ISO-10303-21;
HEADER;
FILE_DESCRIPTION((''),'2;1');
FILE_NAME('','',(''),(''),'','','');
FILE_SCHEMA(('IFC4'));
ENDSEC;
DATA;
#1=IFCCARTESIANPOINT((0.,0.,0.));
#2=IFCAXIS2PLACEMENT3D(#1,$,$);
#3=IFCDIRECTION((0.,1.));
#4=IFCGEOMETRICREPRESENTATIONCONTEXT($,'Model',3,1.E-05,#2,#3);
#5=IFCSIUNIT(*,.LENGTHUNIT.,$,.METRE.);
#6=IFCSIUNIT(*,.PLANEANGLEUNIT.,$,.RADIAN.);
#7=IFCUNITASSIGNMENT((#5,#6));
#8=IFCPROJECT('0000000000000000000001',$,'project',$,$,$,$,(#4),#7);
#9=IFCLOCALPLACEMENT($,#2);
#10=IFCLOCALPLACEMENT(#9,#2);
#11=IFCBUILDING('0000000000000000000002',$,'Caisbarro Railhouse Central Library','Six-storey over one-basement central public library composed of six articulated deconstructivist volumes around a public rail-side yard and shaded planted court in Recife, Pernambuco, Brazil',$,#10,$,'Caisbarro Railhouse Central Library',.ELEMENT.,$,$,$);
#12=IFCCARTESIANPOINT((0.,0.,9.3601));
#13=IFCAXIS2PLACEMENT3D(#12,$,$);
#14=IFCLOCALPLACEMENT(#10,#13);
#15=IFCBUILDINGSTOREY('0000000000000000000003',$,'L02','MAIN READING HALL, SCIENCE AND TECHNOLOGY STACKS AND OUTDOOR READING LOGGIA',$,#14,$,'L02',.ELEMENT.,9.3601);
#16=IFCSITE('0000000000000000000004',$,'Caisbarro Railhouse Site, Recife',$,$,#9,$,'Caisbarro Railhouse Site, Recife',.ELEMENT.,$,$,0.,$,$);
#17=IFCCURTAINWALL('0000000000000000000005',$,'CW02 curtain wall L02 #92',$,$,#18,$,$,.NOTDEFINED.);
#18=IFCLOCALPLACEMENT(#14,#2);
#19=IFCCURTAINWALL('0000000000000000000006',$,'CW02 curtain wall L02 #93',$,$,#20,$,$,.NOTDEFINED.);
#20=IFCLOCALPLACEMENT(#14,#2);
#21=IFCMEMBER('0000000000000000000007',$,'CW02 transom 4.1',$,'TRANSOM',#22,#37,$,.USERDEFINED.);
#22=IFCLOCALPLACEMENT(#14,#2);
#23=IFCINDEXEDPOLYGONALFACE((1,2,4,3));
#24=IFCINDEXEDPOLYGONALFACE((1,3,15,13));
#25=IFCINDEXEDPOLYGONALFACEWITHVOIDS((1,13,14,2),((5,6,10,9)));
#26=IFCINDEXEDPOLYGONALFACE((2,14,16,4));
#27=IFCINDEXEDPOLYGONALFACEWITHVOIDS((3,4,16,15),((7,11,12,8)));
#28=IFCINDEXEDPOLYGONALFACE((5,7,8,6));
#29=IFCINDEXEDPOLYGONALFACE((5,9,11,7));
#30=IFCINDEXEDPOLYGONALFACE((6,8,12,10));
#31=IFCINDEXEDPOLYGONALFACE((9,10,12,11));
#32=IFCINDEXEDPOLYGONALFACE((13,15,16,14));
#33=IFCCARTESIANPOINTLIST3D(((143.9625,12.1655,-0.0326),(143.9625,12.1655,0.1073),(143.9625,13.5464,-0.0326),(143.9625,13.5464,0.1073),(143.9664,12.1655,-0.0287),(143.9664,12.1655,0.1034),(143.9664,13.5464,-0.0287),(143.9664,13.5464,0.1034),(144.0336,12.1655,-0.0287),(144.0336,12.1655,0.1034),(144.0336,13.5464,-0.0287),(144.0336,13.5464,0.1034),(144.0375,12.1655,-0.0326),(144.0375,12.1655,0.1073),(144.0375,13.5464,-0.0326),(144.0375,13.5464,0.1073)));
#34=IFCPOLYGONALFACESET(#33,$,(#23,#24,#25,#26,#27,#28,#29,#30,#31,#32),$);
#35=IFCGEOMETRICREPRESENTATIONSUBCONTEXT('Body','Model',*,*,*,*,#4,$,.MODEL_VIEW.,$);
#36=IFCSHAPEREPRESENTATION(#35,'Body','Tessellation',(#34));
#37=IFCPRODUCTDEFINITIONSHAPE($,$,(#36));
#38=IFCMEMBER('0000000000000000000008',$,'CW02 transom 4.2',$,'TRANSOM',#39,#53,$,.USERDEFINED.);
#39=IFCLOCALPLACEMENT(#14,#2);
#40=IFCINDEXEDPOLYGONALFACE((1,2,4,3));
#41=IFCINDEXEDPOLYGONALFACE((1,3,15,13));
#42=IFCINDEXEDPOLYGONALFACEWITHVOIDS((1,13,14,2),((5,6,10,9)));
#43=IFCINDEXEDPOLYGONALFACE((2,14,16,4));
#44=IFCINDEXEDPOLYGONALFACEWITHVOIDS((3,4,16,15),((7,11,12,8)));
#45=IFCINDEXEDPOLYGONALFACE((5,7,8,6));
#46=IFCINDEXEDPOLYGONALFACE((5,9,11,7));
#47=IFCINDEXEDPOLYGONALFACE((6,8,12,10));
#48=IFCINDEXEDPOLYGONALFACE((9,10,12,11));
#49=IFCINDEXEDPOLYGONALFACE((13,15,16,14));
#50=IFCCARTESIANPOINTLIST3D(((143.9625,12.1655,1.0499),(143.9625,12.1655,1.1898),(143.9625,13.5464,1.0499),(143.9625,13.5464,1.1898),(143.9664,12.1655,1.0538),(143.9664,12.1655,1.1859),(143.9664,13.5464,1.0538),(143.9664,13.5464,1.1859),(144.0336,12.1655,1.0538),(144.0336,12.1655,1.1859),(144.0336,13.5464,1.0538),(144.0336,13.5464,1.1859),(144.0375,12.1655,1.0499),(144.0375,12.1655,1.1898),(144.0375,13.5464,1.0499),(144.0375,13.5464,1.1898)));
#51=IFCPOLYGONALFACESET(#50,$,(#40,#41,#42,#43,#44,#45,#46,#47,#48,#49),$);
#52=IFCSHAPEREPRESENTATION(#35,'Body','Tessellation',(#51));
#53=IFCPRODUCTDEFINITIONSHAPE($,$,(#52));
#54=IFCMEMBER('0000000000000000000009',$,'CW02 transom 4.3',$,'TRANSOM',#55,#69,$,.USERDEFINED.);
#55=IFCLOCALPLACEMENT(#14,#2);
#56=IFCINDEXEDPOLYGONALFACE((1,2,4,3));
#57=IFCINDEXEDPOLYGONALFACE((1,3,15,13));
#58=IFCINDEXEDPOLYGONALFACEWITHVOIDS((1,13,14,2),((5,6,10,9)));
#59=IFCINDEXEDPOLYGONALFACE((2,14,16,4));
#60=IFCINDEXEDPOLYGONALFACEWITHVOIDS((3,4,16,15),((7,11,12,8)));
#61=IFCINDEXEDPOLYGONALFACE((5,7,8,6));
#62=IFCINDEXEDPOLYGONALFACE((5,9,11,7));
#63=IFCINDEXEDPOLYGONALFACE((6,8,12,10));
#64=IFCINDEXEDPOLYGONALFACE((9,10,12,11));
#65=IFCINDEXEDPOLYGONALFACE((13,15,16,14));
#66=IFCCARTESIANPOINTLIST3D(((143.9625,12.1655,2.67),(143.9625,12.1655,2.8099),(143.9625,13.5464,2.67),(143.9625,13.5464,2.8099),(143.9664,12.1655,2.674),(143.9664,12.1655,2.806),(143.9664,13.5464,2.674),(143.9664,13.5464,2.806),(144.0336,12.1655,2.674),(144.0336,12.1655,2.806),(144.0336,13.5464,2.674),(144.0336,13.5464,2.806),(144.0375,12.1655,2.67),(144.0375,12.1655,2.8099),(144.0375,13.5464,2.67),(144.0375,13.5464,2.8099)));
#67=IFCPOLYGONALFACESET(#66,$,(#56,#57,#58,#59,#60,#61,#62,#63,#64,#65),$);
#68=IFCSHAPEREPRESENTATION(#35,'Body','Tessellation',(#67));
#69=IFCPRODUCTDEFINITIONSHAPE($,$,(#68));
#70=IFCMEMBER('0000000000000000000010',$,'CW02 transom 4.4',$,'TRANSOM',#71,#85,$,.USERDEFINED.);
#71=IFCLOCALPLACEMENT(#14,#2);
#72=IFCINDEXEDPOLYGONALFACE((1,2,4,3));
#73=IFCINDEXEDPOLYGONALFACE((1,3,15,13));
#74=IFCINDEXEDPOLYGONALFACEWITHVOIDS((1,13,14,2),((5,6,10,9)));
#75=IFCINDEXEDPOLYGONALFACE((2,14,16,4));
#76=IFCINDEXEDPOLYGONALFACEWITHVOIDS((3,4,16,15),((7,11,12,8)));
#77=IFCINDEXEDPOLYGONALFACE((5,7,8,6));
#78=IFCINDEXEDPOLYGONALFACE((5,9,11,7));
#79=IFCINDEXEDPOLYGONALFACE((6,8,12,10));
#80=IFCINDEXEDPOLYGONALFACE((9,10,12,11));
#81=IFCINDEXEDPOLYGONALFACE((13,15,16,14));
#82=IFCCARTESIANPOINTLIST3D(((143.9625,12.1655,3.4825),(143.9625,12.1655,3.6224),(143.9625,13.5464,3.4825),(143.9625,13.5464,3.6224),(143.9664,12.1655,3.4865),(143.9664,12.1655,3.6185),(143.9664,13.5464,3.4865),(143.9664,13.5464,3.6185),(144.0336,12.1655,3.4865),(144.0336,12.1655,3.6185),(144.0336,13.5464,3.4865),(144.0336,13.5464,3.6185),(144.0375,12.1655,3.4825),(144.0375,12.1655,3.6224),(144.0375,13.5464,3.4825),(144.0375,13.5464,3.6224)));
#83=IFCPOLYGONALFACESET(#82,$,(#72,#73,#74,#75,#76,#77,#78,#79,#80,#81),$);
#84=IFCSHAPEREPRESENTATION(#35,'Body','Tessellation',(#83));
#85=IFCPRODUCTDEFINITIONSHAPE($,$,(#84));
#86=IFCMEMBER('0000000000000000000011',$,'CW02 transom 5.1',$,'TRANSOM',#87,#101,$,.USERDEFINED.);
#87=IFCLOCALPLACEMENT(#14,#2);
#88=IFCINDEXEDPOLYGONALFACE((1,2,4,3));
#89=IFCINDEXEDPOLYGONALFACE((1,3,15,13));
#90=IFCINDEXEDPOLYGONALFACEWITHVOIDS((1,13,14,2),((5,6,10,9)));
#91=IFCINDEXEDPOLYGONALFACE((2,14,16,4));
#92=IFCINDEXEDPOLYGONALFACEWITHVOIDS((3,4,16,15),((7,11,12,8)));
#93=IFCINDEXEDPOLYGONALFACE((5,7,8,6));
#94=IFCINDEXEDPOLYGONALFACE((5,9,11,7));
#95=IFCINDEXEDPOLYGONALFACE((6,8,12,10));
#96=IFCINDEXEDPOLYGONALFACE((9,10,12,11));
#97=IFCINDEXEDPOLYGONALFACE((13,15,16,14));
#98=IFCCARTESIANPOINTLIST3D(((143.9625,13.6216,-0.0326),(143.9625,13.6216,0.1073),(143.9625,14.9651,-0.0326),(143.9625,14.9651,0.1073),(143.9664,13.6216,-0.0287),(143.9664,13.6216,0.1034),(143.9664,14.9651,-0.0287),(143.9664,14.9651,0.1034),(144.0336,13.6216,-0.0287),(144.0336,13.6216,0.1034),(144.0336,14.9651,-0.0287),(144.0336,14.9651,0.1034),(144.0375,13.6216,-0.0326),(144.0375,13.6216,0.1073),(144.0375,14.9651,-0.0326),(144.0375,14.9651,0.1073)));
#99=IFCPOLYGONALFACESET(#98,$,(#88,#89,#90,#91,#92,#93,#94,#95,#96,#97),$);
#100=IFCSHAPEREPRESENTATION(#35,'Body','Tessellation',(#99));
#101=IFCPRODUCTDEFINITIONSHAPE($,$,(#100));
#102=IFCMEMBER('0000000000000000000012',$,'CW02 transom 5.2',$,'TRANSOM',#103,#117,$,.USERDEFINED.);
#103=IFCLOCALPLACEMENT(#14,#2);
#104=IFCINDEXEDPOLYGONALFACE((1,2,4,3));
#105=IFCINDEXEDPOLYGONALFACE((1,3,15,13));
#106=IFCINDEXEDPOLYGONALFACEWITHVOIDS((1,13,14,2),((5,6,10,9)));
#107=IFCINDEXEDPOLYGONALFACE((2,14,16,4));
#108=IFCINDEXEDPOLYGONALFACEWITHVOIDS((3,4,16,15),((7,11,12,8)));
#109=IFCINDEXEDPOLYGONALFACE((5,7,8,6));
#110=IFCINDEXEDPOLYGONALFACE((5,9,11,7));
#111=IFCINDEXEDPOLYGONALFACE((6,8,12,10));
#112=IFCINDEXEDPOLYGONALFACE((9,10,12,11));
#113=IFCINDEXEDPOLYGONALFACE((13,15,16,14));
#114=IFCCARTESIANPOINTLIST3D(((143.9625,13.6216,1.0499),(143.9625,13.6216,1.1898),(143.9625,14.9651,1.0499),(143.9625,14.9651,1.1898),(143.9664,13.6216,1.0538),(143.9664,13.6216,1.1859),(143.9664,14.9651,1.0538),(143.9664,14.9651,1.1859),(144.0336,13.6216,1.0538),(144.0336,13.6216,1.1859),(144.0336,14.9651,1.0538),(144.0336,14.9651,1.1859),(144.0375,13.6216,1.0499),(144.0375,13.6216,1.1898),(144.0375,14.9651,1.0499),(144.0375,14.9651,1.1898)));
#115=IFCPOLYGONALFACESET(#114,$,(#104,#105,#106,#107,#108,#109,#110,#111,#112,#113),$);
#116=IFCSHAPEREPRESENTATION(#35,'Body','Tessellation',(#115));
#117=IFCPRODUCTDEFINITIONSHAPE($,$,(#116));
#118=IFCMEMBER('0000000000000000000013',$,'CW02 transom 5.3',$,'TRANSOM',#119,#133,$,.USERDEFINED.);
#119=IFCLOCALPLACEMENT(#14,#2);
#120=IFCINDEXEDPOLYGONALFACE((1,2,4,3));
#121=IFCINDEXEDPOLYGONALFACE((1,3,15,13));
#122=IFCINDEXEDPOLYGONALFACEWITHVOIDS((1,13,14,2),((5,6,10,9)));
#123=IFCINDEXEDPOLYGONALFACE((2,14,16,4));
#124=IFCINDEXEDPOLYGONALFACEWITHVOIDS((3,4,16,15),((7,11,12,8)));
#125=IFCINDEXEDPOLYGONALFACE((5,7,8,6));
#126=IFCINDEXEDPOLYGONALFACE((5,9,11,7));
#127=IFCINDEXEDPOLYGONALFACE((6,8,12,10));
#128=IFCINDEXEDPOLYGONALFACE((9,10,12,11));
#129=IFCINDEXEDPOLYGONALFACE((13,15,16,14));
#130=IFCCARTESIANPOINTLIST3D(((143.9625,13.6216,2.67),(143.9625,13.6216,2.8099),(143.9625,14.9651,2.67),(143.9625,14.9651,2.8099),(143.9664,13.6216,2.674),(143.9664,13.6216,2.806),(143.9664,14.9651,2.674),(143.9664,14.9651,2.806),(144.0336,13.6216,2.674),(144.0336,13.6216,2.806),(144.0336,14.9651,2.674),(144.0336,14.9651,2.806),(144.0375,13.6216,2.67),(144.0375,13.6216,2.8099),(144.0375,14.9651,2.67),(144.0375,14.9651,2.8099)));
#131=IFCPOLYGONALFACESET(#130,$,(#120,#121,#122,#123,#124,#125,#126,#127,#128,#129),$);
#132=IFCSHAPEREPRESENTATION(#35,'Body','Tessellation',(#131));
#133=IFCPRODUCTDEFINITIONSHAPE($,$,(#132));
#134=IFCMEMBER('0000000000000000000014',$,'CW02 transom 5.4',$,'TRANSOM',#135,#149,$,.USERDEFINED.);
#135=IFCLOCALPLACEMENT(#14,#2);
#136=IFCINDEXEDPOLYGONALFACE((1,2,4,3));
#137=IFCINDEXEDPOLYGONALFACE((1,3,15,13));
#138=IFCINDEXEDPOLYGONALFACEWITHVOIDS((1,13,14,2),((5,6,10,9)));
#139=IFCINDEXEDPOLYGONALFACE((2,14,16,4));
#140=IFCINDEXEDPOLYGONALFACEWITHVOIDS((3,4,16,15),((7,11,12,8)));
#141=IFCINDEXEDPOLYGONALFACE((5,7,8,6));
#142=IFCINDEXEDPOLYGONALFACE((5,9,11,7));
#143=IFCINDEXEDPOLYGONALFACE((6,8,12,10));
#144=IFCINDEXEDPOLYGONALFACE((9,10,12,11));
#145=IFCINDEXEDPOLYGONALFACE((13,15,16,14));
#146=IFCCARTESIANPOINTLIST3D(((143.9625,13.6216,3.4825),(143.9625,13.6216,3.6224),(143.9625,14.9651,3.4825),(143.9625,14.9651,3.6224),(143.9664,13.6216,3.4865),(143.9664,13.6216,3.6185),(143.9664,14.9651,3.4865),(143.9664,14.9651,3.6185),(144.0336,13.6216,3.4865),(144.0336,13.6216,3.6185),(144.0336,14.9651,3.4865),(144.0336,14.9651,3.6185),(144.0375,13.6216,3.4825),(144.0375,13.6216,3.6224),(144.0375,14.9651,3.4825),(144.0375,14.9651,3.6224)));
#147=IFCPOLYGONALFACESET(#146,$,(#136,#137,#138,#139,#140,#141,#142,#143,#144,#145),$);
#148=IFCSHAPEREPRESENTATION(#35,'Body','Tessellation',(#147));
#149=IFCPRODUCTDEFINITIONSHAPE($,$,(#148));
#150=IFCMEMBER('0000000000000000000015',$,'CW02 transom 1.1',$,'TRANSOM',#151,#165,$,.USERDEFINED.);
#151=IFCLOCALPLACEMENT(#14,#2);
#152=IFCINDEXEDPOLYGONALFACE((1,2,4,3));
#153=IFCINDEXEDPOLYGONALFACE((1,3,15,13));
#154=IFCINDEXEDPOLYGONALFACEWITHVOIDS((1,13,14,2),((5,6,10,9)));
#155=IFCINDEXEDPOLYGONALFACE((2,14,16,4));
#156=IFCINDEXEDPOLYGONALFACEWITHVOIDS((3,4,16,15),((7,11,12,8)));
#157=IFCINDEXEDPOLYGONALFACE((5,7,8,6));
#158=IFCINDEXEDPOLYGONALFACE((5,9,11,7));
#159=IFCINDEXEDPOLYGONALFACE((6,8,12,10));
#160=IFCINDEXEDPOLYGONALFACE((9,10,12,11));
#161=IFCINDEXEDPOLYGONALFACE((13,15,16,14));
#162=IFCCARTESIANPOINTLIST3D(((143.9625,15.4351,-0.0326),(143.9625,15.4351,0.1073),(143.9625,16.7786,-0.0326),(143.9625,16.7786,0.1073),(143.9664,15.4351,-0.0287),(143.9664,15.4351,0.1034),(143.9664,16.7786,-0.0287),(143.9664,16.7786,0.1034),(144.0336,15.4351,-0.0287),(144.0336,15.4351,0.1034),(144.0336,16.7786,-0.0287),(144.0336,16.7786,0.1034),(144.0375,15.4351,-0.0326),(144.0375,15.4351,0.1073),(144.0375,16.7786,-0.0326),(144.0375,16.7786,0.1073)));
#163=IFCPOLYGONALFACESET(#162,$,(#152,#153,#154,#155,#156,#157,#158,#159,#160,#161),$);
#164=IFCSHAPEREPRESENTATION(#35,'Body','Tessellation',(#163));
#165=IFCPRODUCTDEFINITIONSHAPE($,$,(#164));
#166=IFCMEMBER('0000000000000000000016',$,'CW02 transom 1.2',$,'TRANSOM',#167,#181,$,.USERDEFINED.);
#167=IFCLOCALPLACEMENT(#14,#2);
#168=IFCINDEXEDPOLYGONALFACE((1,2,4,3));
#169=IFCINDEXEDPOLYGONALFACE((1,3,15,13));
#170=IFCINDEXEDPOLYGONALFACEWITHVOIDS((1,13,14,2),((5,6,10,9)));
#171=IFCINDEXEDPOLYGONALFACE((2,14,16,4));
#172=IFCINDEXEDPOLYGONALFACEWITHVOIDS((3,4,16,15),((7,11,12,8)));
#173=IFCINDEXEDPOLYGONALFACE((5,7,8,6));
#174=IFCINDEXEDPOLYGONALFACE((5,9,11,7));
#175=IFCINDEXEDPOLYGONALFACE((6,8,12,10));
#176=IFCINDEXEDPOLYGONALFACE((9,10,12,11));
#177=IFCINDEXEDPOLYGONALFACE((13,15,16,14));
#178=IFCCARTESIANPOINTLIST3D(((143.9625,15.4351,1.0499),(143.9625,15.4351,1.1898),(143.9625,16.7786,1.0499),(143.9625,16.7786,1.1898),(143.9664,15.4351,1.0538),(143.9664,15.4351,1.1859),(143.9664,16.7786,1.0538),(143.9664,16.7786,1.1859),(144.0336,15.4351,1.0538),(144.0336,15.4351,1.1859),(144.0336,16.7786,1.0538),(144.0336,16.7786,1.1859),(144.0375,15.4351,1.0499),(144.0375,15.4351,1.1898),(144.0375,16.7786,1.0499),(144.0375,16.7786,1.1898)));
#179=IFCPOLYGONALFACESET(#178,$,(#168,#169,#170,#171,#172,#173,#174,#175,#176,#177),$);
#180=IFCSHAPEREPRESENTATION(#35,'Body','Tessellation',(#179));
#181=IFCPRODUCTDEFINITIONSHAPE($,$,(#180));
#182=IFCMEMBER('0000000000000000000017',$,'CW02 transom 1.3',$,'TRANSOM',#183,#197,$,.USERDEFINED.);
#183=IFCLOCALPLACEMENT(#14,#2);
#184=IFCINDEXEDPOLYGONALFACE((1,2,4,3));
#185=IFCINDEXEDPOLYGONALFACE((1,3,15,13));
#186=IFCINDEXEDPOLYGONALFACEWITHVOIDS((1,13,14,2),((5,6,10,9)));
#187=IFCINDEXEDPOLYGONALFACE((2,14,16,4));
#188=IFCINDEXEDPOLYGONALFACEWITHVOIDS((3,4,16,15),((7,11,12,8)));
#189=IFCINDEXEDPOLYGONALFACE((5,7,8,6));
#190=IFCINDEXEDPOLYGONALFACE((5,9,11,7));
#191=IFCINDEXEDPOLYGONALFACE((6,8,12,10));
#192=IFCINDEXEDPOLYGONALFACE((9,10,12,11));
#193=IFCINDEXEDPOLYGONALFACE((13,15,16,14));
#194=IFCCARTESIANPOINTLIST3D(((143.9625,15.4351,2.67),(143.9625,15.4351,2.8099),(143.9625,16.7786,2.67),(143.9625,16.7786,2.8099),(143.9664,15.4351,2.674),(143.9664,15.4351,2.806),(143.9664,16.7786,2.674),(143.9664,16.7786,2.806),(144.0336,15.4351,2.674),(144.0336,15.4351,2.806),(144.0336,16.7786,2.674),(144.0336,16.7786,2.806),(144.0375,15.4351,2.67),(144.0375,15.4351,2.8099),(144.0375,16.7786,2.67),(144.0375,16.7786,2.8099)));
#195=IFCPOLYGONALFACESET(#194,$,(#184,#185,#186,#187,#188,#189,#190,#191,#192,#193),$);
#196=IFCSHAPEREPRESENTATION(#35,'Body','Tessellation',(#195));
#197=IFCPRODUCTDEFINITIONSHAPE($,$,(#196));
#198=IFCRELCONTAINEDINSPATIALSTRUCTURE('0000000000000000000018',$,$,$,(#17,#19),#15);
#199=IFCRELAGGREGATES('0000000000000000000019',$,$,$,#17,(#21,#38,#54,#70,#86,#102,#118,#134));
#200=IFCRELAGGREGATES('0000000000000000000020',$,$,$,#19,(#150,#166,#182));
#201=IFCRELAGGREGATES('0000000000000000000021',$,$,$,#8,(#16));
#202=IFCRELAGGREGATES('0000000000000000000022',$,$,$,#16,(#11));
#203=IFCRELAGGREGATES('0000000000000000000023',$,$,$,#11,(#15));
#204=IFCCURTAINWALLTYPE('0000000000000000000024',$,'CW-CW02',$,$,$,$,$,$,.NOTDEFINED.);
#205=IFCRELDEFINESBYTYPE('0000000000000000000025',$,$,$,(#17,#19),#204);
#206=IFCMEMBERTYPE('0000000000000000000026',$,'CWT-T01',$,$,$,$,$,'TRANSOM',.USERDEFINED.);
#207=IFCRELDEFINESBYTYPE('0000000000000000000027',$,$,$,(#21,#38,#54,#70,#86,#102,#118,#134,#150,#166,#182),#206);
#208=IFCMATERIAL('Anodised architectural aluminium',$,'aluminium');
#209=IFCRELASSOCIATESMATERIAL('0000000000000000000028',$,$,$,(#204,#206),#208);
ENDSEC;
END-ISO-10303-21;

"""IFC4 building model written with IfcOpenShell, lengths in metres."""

from ifc_helpers import new_model, si_unit, direction, frame, origin, origin_2d, place, context, subcontext, project, spatial, hollow_rectangle, extrude, material, material_profile, profile_set, type_object, element, aggregate, save


model = new_model("IFC4")

# Units and contexts
model_context = context("Model", 3, precision=1e-05, world=origin(), true_north=direction((0.0, 1.0)))
body_context = subcontext(model_context, "Body", "Model", "MODEL_VIEW")
ifc_project = project(units=[si_unit("LENGTHUNIT", "METRE"), si_unit("PLANEANGLEUNIT", "RADIAN")], contexts=[model_context])

# Site, building, storey
site_placement = place(None, origin())
site = spatial("IfcSite", under=ifc_project, at=site_placement, Name="Caisbarro Railhouse Site, Recife", LongName="Caisbarro Railhouse Site, Recife", CompositionType="ELEMENT", RefElevation=0.0)
building_placement = place(site_placement, origin())
building = spatial("IfcBuilding", under=site, at=building_placement, Name="Caisbarro Railhouse Central Library", Description="Six-storey over one-basement central public library composed of six articulated deconstructivist volumes around a public rail-side yard and shaded planted court in Recife, Pernambuco, Brazil", LongName="Caisbarro Railhouse Central Library", CompositionType="ELEMENT")
storey_placement = place(building_placement, frame((0.0, 0.0, 9.3601)))
storey = spatial("IfcBuildingStorey", under=building, at=storey_placement, Name="L02", Description="MAIN READING HALL, SCIENCE AND TECHNOLOGY STACKS AND OUTDOOR READING LOGGIA", LongName="L02", CompositionType="ELEMENT", Elevation=9.3601)

# Curtain walls
ifc_material_1 = material(Name="Anodised architectural aluminium", Category="aluminium")
curtain_wall_type = type_object("IfcCurtainWallType", Name="CW-CW02", PredefinedType="NOTDEFINED", material=ifc_material_1)
curtain_wall_1_placement = place(storey_placement, origin())
curtain_wall_1 = element("IfcCurtainWall", 1, at=curtain_wall_1_placement, inside=storey, type_object=curtain_wall_type, Name="CW02 curtain wall L02 #92", PredefinedType="NOTDEFINED")
curtain_wall_2_placement = place(storey_placement, origin())
curtain_wall_2 = element("IfcCurtainWall", 2, at=curtain_wall_2_placement, inside=storey, type_object=curtain_wall_type, Name="CW02 curtain wall L02 #93", PredefinedType="NOTDEFINED")

# Members
ifc_material_profile_1 = material_profile(ifc_material_1, hollow_rectangle(XDim=0.075, YDim=0.1399, WallThickness=0.0039, at=origin_2d()), Name="ALU-TRN-75X140")
ifc_profile_set_1 = profile_set([ifc_material_profile_1], Name="Anodised architectural aluminium")
member_type_1 = type_object("IfcMemberType", Name="CWT-T01", ElementType="TRANSOM", PredefinedType="USERDEFINED", material=ifc_profile_set_1)
member_1_placement = place(storey_placement, frame((144.0, 12.1655, 0.0374), z_axis=(0.0, 1.0, 0.0), x_axis=(-1.0, 0.0, 0.0)))
member_1 = element("IfcMember", 3, at=member_1_placement, type_object=member_type_1, Name="CW02 transom 4.1", ObjectType="TRANSOM", PredefinedType="USERDEFINED", context=body_context, shape_type="SweptSolid", body=[
    extrude(hollow_rectangle(XDim=0.075, YDim=0.1399, WallThickness=0.0039, at=origin_2d()), origin(), (0.0, 0.0, 1.0), 1.3809),
])
member_2_placement = place(storey_placement, frame((144.0, 12.1655, 1.1199), z_axis=(0.0, 1.0, 0.0), x_axis=(-1.0, 0.0, 0.0)))
member_2 = element("IfcMember", 4, at=member_2_placement, type_object=member_type_1, Name="CW02 transom 4.2", ObjectType="TRANSOM", PredefinedType="USERDEFINED", context=body_context, shape_type="SweptSolid", body=[
    extrude(hollow_rectangle(XDim=0.075, YDim=0.1399, WallThickness=0.0039, at=origin_2d()), origin(), (0.0, 0.0, 1.0), 1.3809),
])
member_3_placement = place(storey_placement, frame((144.0, 12.1655, 2.74), z_axis=(0.0, 1.0, 0.0), x_axis=(-1.0, 0.0, 0.0)))
member_3 = element("IfcMember", 5, at=member_3_placement, type_object=member_type_1, Name="CW02 transom 4.3", ObjectType="TRANSOM", PredefinedType="USERDEFINED", context=body_context, shape_type="SweptSolid", body=[
    extrude(hollow_rectangle(XDim=0.075, YDim=0.1399, WallThickness=0.0039, at=origin_2d()), origin(), (0.0, 0.0, 1.0), 1.3809),
])
member_4_placement = place(storey_placement, frame((144.0, 12.1655, 3.5525), z_axis=(0.0, 1.0, 0.0), x_axis=(-1.0, 0.0, 0.0)))
member_4 = element("IfcMember", 6, at=member_4_placement, type_object=member_type_1, Name="CW02 transom 4.4", ObjectType="TRANSOM", PredefinedType="USERDEFINED", context=body_context, shape_type="SweptSolid", body=[
    extrude(hollow_rectangle(XDim=0.075, YDim=0.1399, WallThickness=0.0039, at=origin_2d()), origin(), (0.0, 0.0, 1.0), 1.3809),
])
member_5_placement = place(storey_placement, frame((144.0, 13.6216, 0.0374), z_axis=(0.0, 1.0, 0.0), x_axis=(-1.0, 0.0, 0.0)))
member_5 = element("IfcMember", 7, at=member_5_placement, type_object=member_type_1, Name="CW02 transom 5.1", ObjectType="TRANSOM", PredefinedType="USERDEFINED", context=body_context, shape_type="SweptSolid", body=[
    extrude(hollow_rectangle(XDim=0.075, YDim=0.1399, WallThickness=0.0039, at=origin_2d()), origin(), (0.0, 0.0, 1.0), 1.3435),
])
member_6_placement = place(storey_placement, frame((144.0, 13.6216, 1.1199), z_axis=(0.0, 1.0, 0.0), x_axis=(-1.0, 0.0, 0.0)))
member_6 = element("IfcMember", 8, at=member_6_placement, type_object=member_type_1, Name="CW02 transom 5.2", ObjectType="TRANSOM", PredefinedType="USERDEFINED", context=body_context, shape_type="SweptSolid", body=[
    extrude(hollow_rectangle(XDim=0.075, YDim=0.1399, WallThickness=0.0039, at=origin_2d()), origin(), (0.0, 0.0, 1.0), 1.3435),
])
member_7_placement = place(storey_placement, frame((144.0, 13.6216, 2.74), z_axis=(0.0, 1.0, 0.0), x_axis=(-1.0, 0.0, 0.0)))
member_7 = element("IfcMember", 9, at=member_7_placement, type_object=member_type_1, Name="CW02 transom 5.3", ObjectType="TRANSOM", PredefinedType="USERDEFINED", context=body_context, shape_type="SweptSolid", body=[
    extrude(hollow_rectangle(XDim=0.075, YDim=0.1399, WallThickness=0.0039, at=origin_2d()), origin(), (0.0, 0.0, 1.0), 1.3435),
])
member_8_placement = place(storey_placement, frame((144.0, 13.6216, 3.5525), z_axis=(0.0, 1.0, 0.0), x_axis=(-1.0, 0.0, 0.0)))
member_8 = element("IfcMember", 10, at=member_8_placement, type_object=member_type_1, Name="CW02 transom 5.4", ObjectType="TRANSOM", PredefinedType="USERDEFINED", context=body_context, shape_type="SweptSolid", body=[
    extrude(hollow_rectangle(XDim=0.075, YDim=0.1399, WallThickness=0.0039, at=origin_2d()), origin(), (0.0, 0.0, 1.0), 1.3435),
])
member_9_placement = place(storey_placement, frame((144.0, 15.4351, 0.0374), z_axis=(0.0, 1.0, 0.0), x_axis=(-1.0, 0.0, 0.0)))
member_9 = element("IfcMember", 11, at=member_9_placement, type_object=member_type_1, Name="CW02 transom 1.1", ObjectType="TRANSOM", PredefinedType="USERDEFINED", context=body_context, shape_type="SweptSolid", body=[
    extrude(hollow_rectangle(XDim=0.075, YDim=0.1399, WallThickness=0.0039, at=origin_2d()), origin(), (0.0, 0.0, 1.0), 1.3435),
])
member_10_placement = place(storey_placement, frame((144.0, 15.4351, 1.1199), z_axis=(0.0, 1.0, 0.0), x_axis=(-1.0, 0.0, 0.0)))
member_10 = element("IfcMember", 12, at=member_10_placement, type_object=member_type_1, Name="CW02 transom 1.2", ObjectType="TRANSOM", PredefinedType="USERDEFINED", context=body_context, shape_type="SweptSolid", body=[
    extrude(hollow_rectangle(XDim=0.075, YDim=0.1399, WallThickness=0.0039, at=origin_2d()), origin(), (0.0, 0.0, 1.0), 1.3435),
])
member_11_placement = place(storey_placement, frame((144.0, 15.4351, 2.74), z_axis=(0.0, 1.0, 0.0), x_axis=(-1.0, 0.0, 0.0)))
member_11 = element("IfcMember", 13, at=member_11_placement, type_object=member_type_1, Name="CW02 transom 1.3", ObjectType="TRANSOM", PredefinedType="USERDEFINED", context=body_context, shape_type="SweptSolid", body=[
    extrude(hollow_rectangle(XDim=0.075, YDim=0.1399, WallThickness=0.0039, at=origin_2d()), origin(), (0.0, 0.0, 1.0), 1.3435),
])

aggregate(curtain_wall_1, [member_1, member_2, member_3, member_4, member_5, member_6, member_7, member_8])
aggregate(curtain_wall_2, [member_9, member_10, member_11])

save(model, "model.ifc")
